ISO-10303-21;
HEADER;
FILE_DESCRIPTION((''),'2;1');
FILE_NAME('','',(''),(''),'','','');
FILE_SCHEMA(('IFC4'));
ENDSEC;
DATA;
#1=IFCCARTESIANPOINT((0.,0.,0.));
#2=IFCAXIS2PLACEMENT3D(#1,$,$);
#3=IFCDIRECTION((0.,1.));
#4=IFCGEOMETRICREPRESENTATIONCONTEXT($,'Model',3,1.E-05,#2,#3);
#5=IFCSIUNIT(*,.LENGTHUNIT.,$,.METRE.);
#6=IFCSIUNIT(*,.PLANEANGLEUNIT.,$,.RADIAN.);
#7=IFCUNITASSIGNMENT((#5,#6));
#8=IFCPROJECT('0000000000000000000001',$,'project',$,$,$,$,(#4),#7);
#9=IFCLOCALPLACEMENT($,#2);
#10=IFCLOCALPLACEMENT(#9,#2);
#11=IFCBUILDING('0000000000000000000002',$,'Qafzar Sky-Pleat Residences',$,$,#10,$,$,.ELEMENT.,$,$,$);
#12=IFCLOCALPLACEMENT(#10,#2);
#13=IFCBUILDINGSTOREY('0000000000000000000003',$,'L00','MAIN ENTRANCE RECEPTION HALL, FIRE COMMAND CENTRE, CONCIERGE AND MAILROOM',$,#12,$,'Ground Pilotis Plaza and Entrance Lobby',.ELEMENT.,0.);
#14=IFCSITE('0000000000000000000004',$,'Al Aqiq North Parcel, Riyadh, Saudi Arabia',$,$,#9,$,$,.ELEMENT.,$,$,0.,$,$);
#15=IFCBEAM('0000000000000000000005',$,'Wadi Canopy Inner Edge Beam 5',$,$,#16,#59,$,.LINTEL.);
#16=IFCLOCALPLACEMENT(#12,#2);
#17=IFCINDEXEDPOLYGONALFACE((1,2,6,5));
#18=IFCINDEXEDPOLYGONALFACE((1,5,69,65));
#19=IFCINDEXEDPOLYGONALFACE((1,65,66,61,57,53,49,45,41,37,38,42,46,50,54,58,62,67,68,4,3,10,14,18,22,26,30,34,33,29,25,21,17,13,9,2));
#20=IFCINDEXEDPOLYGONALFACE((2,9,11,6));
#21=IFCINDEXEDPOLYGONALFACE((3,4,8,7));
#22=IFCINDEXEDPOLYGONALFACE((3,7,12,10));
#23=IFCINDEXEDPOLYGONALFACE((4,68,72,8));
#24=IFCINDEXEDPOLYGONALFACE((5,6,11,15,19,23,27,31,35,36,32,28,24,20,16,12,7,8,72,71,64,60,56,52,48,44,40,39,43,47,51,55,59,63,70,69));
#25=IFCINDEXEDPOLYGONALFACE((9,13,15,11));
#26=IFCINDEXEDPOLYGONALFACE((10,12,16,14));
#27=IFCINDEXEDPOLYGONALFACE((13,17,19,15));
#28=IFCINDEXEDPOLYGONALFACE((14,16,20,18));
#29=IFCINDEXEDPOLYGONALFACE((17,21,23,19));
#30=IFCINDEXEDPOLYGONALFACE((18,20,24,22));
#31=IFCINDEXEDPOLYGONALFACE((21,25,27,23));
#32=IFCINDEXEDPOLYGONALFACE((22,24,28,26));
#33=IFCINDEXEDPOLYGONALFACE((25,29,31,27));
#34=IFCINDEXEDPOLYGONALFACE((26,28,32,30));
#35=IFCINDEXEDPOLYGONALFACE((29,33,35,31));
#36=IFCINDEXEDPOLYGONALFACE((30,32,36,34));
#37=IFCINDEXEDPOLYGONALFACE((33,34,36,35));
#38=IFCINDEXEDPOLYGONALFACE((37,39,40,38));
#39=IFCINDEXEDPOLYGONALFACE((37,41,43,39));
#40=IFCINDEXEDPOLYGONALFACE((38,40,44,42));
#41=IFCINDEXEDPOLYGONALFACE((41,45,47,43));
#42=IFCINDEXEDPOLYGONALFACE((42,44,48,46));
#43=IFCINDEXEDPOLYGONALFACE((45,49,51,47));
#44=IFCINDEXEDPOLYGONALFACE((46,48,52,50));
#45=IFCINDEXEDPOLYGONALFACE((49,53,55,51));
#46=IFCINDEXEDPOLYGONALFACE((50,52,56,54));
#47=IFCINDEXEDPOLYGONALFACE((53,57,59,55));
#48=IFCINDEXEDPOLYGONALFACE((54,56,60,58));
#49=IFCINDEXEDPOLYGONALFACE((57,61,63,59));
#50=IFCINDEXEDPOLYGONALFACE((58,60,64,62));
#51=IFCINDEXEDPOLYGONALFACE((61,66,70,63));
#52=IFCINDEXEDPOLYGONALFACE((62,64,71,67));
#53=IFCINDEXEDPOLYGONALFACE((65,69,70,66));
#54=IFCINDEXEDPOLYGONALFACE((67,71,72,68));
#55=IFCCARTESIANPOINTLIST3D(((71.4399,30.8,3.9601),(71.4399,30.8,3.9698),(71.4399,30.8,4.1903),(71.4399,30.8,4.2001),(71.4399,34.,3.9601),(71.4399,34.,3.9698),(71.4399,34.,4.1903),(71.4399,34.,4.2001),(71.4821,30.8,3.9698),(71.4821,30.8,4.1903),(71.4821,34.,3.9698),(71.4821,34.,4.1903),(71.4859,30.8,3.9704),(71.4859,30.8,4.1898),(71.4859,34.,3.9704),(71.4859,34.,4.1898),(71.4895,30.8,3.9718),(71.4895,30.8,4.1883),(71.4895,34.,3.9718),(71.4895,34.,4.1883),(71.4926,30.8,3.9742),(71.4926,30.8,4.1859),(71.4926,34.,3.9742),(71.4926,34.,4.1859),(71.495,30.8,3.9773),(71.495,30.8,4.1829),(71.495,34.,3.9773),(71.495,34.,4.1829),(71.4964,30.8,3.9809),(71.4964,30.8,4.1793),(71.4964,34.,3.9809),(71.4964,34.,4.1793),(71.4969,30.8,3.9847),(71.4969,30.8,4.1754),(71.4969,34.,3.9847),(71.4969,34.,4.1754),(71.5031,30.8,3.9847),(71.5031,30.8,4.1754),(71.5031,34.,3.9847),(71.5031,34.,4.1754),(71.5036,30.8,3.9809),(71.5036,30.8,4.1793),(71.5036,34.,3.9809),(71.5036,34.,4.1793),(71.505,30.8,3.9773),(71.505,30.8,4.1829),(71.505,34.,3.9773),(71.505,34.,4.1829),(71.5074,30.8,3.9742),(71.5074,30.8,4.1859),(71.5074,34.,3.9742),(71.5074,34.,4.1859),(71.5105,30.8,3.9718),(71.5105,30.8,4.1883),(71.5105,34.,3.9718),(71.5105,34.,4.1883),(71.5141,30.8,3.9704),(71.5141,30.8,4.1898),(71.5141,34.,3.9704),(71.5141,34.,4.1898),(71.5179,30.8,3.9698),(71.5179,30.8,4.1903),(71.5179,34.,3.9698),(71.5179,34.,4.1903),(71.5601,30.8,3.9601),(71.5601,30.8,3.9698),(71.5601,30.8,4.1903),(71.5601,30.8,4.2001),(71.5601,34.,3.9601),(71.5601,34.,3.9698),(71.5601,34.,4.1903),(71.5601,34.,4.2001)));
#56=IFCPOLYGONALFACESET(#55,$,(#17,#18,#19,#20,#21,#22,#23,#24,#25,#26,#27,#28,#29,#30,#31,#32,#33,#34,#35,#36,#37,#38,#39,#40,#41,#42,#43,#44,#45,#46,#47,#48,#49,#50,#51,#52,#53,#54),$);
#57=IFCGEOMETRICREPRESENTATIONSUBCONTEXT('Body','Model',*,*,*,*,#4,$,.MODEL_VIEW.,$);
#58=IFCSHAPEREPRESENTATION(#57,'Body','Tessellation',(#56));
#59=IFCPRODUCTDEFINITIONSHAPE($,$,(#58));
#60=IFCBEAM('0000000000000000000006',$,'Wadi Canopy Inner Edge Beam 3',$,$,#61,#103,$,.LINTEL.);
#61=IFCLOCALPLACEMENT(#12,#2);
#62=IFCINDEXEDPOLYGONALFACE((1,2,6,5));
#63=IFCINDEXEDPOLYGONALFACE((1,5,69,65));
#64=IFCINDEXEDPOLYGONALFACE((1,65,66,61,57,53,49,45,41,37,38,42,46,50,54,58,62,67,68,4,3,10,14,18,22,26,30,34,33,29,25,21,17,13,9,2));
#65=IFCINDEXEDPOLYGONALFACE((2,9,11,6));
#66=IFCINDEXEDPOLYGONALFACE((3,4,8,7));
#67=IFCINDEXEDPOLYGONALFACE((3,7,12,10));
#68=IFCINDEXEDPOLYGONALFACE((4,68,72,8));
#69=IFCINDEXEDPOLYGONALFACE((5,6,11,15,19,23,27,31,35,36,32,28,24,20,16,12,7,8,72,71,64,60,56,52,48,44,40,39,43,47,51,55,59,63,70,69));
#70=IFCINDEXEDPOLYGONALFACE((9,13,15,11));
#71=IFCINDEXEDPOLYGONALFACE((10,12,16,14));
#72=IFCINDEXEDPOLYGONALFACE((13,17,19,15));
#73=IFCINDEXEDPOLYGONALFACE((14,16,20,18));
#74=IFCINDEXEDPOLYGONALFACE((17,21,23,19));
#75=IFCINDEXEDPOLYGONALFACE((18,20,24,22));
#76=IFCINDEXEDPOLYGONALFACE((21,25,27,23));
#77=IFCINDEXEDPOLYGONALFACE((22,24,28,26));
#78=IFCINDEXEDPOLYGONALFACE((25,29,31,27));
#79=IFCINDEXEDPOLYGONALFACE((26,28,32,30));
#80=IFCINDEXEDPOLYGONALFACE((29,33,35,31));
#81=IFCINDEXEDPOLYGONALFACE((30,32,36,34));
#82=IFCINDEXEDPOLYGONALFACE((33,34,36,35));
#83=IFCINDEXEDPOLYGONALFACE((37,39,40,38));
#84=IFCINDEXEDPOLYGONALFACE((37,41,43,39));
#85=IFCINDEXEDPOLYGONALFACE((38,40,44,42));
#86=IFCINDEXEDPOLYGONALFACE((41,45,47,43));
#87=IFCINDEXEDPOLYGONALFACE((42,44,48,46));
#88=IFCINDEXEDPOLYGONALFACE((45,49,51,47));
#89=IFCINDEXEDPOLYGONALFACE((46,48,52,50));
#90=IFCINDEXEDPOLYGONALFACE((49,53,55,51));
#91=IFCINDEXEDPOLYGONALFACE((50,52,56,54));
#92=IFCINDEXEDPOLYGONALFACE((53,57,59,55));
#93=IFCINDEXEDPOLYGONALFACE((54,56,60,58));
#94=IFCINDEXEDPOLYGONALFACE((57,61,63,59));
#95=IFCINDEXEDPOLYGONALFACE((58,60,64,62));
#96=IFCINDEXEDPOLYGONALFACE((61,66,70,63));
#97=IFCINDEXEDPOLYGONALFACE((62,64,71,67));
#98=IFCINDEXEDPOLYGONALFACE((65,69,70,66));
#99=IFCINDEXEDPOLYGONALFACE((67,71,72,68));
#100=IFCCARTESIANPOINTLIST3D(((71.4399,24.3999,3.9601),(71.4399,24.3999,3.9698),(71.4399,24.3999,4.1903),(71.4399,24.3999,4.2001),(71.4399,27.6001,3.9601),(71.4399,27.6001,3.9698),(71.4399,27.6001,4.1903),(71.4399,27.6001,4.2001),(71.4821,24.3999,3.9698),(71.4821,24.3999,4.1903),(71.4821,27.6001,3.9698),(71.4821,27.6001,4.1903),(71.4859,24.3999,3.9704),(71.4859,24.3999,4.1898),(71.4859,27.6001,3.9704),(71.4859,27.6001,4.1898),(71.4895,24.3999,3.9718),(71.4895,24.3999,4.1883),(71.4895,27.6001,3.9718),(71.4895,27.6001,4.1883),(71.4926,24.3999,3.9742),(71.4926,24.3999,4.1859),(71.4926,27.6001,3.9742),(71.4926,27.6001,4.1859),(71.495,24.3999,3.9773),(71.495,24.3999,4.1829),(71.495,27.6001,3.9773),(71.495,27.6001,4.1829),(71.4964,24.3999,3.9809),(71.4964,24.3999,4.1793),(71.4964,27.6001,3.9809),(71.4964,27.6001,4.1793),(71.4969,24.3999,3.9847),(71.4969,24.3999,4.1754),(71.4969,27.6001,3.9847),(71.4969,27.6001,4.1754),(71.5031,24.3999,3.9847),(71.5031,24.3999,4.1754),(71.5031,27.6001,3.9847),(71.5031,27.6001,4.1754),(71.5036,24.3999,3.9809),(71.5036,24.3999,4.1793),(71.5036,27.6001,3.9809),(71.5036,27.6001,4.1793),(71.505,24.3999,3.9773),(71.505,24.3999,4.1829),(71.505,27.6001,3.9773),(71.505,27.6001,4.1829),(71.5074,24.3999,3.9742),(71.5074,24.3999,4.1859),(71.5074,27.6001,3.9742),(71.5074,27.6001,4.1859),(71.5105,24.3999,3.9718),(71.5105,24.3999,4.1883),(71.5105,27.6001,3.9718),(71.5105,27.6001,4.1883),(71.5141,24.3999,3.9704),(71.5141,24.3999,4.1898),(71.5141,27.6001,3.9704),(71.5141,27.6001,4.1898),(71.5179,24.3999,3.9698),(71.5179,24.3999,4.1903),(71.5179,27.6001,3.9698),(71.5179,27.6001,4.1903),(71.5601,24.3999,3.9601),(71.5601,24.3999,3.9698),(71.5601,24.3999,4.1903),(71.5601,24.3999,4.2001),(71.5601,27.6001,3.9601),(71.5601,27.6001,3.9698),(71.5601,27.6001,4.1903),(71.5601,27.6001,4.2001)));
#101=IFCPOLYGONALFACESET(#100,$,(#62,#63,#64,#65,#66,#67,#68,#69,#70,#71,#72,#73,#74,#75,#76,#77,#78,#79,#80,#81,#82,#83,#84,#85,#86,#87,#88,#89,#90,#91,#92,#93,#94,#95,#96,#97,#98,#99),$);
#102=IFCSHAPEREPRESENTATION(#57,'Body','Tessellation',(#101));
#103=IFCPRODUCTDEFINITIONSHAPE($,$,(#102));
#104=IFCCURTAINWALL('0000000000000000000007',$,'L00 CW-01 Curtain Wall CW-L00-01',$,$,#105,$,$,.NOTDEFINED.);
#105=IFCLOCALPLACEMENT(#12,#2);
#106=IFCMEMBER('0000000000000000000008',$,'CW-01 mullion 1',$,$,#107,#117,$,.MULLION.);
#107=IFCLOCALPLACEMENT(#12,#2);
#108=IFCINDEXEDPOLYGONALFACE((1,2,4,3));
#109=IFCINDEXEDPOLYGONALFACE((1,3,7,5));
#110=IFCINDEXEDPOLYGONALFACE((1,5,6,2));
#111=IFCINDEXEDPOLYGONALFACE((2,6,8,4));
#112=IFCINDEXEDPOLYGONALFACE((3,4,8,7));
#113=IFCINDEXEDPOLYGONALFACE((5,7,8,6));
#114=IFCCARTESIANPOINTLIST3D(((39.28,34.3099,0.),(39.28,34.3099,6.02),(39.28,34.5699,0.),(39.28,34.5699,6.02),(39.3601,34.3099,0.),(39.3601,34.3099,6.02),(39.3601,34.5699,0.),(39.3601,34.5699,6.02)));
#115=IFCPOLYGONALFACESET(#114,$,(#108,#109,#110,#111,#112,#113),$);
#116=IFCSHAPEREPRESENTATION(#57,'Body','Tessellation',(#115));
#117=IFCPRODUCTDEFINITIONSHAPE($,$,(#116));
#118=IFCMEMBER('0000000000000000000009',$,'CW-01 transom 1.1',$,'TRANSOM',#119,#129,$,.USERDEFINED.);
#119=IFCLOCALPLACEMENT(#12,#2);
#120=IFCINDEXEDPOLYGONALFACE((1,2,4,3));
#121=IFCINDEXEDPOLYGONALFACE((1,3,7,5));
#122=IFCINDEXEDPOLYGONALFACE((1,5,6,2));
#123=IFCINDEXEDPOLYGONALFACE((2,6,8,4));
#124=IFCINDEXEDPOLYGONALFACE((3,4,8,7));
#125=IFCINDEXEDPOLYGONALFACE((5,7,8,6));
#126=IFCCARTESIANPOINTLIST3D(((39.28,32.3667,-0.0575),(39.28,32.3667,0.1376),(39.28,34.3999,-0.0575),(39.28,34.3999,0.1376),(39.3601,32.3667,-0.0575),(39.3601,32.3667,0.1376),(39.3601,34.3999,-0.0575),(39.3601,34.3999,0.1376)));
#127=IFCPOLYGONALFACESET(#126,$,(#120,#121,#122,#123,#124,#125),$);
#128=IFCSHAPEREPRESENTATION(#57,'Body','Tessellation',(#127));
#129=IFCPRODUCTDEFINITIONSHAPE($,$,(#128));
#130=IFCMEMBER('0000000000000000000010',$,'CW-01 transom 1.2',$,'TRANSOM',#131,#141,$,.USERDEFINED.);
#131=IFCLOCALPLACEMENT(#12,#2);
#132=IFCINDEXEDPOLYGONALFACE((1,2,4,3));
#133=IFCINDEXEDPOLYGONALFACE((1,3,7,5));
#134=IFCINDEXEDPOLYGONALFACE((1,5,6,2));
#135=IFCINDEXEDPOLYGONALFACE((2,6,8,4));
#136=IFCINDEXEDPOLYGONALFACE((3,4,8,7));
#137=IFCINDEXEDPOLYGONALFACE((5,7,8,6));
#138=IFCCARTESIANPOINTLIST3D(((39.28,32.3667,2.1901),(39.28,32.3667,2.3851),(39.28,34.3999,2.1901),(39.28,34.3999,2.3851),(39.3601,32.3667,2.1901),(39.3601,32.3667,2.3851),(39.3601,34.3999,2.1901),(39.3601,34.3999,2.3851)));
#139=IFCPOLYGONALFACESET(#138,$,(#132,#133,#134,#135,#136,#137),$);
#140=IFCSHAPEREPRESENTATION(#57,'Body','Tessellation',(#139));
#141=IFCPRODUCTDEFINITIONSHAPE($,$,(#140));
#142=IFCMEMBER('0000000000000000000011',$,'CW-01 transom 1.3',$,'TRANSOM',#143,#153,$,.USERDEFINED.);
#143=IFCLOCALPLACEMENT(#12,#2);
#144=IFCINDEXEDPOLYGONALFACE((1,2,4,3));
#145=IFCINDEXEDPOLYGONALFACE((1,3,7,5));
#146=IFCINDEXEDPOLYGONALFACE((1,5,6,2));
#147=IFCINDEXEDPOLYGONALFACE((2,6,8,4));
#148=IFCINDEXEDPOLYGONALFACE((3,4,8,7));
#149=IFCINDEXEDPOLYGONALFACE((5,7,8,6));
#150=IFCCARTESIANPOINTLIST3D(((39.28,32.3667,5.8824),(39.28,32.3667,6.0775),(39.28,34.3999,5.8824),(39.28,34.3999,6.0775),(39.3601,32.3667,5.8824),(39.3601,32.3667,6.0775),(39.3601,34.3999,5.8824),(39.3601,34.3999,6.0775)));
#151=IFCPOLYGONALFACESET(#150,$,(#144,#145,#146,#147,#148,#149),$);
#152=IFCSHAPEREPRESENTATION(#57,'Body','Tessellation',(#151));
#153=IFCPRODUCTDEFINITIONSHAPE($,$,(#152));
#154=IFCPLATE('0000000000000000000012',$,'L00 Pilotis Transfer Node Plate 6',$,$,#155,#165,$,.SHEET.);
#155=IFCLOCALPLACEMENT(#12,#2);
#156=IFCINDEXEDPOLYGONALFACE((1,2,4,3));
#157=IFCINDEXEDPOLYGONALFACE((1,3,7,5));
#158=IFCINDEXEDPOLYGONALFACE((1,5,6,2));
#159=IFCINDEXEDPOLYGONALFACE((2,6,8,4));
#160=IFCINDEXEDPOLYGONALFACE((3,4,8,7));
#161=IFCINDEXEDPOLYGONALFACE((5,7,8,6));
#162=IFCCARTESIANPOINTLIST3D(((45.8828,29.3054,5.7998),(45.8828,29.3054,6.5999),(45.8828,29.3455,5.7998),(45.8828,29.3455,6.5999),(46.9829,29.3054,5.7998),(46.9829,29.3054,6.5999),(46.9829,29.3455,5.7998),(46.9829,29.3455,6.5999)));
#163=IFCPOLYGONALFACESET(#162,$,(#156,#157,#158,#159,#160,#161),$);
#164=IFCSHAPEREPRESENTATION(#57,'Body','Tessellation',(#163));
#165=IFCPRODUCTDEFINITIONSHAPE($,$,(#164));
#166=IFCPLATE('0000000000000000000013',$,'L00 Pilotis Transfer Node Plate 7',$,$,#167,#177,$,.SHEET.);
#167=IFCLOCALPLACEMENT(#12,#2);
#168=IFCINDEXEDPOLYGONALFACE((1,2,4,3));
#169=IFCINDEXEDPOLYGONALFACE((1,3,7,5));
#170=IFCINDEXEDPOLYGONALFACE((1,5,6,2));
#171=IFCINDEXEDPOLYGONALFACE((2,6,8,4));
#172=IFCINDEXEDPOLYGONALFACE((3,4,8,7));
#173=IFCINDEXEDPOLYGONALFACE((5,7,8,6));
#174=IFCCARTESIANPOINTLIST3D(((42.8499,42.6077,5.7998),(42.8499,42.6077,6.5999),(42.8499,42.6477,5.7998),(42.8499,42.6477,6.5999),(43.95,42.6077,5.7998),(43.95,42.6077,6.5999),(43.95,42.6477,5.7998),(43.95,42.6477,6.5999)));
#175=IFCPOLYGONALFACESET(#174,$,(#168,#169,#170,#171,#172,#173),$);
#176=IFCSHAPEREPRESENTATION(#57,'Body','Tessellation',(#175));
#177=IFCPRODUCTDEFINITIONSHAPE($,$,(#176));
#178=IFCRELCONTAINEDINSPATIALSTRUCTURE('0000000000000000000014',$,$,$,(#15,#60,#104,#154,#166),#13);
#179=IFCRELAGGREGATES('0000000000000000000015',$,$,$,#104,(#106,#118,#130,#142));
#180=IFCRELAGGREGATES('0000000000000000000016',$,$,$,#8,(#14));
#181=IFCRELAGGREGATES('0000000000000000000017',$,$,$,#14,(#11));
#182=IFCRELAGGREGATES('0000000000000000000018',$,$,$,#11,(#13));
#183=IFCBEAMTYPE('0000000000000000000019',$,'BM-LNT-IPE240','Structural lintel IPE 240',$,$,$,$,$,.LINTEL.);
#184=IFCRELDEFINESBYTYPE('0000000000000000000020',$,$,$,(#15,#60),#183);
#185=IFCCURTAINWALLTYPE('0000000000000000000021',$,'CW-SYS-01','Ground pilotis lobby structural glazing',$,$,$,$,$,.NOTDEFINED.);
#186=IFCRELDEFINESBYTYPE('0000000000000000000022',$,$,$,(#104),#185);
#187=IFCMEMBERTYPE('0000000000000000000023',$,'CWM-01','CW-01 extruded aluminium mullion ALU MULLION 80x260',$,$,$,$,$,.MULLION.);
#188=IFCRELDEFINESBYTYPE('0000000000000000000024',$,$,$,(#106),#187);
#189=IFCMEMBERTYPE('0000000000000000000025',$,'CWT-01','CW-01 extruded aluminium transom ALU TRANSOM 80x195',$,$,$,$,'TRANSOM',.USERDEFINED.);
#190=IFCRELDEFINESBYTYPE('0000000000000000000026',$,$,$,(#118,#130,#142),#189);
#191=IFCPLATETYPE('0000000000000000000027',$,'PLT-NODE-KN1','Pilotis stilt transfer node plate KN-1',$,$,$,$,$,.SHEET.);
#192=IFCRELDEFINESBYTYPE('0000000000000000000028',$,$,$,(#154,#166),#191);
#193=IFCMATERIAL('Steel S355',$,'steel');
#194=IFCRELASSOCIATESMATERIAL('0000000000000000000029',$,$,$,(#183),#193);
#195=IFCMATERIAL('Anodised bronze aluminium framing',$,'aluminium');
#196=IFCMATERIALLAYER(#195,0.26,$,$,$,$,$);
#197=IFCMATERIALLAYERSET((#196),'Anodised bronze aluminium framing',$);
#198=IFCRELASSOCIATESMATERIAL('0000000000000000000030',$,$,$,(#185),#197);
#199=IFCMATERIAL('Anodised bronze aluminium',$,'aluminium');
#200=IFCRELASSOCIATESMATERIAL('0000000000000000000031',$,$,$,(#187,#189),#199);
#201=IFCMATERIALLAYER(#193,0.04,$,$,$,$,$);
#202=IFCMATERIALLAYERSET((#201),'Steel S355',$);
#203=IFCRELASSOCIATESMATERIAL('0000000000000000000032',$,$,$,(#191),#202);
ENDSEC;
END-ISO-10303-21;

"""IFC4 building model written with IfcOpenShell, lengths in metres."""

from ifc_helpers import new_model, si_unit, direction, frame, origin, origin_2d, place, context, subcontext, project, spatial, rectangle, i_section, extrude, source, transform, mapped, material, layer, layer_set, material_profile, profile_set, type_object, element, aggregate, save


model = new_model("IFC4")

# Units and contexts
model_context = context("Model", 3, precision=1e-05, world=origin(), true_north=direction((0.0, 1.0)))
body_context = subcontext(model_context, "Body", "Model", "MODEL_VIEW")
ifc_project = project(units=[si_unit("LENGTHUNIT", "METRE"), si_unit("PLANEANGLEUNIT", "RADIAN")], contexts=[model_context])

# Site, building, storey
site_placement = place(None, origin())
site = spatial("IfcSite", under=ifc_project, at=site_placement, Name="Al Aqiq North Parcel, Riyadh, Saudi Arabia", CompositionType="ELEMENT", RefElevation=0.0)
building_placement = place(site_placement, origin())
building = spatial("IfcBuilding", under=site, at=building_placement, Name="Qafzar Sky-Pleat Residences", CompositionType="ELEMENT")
storey_placement = place(building_placement, origin())
storey = spatial("IfcBuildingStorey", under=building, at=storey_placement, Name="L00", Description="MAIN ENTRANCE RECEPTION HALL, FIRE COMMAND CENTRE, CONCIERGE AND MAILROOM", LongName="Ground Pilotis Plaza and Entrance Lobby", CompositionType="ELEMENT", Elevation=0.0)

# Shared definitions
ifc_material_1 = material(Name="Steel S355", Category="steel")

# Beams
ifc_material_profile_1 = material_profile(ifc_material_1, i_section(OverallWidth=0.1201, OverallDepth=0.24, WebThickness=0.0061, FlangeThickness=0.0098, FilletRadius=0.0149, at=origin_2d()), Name="IPE 240")
ifc_profile_set_1 = profile_set([ifc_material_profile_1], Name="Steel S355")
beam_type = type_object("IfcBeamType", Name="BM-LNT-IPE240", Description="Structural lintel IPE 240", PredefinedType="LINTEL", material=ifc_profile_set_1)
shared_shape_1 = source(origin(), body_context, "Body", "SweptSolid", [
    extrude(i_section(OverallWidth=0.1201, OverallDepth=0.24, WebThickness=0.0061, FlangeThickness=0.0098, FilletRadius=0.0149, at=origin_2d()), origin(), (0.0, 0.0, 1.0), 3.2),
])
for number, where, z_axis, x_axis, name in (
    (1, (71.5, 30.8, 4.0801), (0.0, 1.0, 0.0), (-1.0, 0.0, 0.0), "Wadi Canopy Inner Edge Beam 5"),
):
    element("IfcBeam", number, at=place(storey_placement, frame(where, z_axis=z_axis, x_axis=x_axis)), inside=storey, type_object=beam_type, Name=name, PredefinedType="LINTEL", context=body_context, shape_type="MappedRepresentation", body=[
        mapped(shared_shape_1, transform((0.0, 0.0, 0.0), x_axis=(1.0, 0.0, 0.0), y_axis=(0.0, 1.0, 0.0), z_axis=(0.0, 0.0, 1.0), scale=1.0)),
    ])
shared_shape_2 = source(origin(), body_context, "Body", "SweptSolid", [
    extrude(i_section(OverallWidth=0.1201, OverallDepth=0.24, WebThickness=0.0061, FlangeThickness=0.0098, FilletRadius=0.0149, at=origin_2d()), origin(), (0.0, 0.0, 1.0), 3.2002),
])
beam_placement = place(storey_placement, frame((71.5, 24.3999, 4.0801), z_axis=(0.0, 1.0, 0.0), x_axis=(-1.0, 0.0, 0.0)))
element("IfcBeam", 2, at=beam_placement, inside=storey, type_object=beam_type, Name="Wadi Canopy Inner Edge Beam 3", PredefinedType="LINTEL", context=body_context, shape_type="MappedRepresentation", body=[
    mapped(shared_shape_2, transform((0.0, 0.0, 0.0), x_axis=(1.0, 0.0, 0.0), y_axis=(0.0, 1.0, 0.0), z_axis=(0.0, 0.0, 1.0), scale=1.0)),
])

# Curtain wall, members
ifc_material_2 = material(Name="Anodised bronze aluminium framing", Category="aluminium")
ifc_layer_1 = layer(ifc_material_2, 0.26)
ifc_layer_set_1 = layer_set([ifc_layer_1], Name="Anodised bronze aluminium framing")
curtain_wall_type = type_object("IfcCurtainWallType", Name="CW-SYS-01", Description="Ground pilotis lobby structural glazing", PredefinedType="NOTDEFINED", material=ifc_layer_set_1)
curtain_wall_placement = place(storey_placement, origin())
curtain_wall = element("IfcCurtainWall", 3, at=curtain_wall_placement, inside=storey, type_object=curtain_wall_type, Name="L00 CW-01 Curtain Wall CW-L00-01", PredefinedType="NOTDEFINED")
ifc_material_3 = material(Name="Anodised bronze aluminium", Category="aluminium")
ifc_material_profile_2 = material_profile(ifc_material_3, rectangle(XDim=0.0801, YDim=0.26, at=origin_2d()), Name="ALU MULLION 80x260")
ifc_profile_set_2 = profile_set([ifc_material_profile_2], Name="Anodised bronze aluminium")
member_type_1 = type_object("IfcMemberType", Name="CWM-01", Description="CW-01 extruded aluminium mullion ALU MULLION 80x260", PredefinedType="MULLION", material=ifc_profile_set_2)
shared_shape_3 = source(origin(), body_context, "Body", "SweptSolid", [
    extrude(rectangle(XDim=0.0801, YDim=0.26, at=origin_2d()), origin(), (0.0, 0.0, 1.0), 6.02),
])
member_1_placement = place(storey_placement, frame((39.3201, 34.4399, 0.0), z_axis=(0.0, 0.0, 1.0), x_axis=(1.0, 0.0, 0.0)))
member_1 = element("IfcMember", 4, at=member_1_placement, type_object=member_type_1, Name="CW-01 mullion 1", PredefinedType="MULLION", context=body_context, shape_type="MappedRepresentation", body=[
    mapped(shared_shape_3, transform((0.0, 0.0, 0.0), x_axis=(1.0, 0.0, 0.0), y_axis=(0.0, 1.0, 0.0), z_axis=(0.0, 0.0, 1.0), scale=1.0)),
])
ifc_material_profile_3 = material_profile(ifc_material_3, rectangle(XDim=0.0801, YDim=0.1951, at=origin_2d()), Name="ALU TRANSOM 80x195")
ifc_profile_set_3 = profile_set([ifc_material_profile_3], Name="Anodised bronze aluminium")
member_type_2 = type_object("IfcMemberType", Name="CWT-01", Description="CW-01 extruded aluminium transom ALU TRANSOM 80x195", ElementType="TRANSOM", PredefinedType="USERDEFINED", material=ifc_profile_set_3)
shared_shape_4 = source(origin(), body_context, "Body", "SweptSolid", [
    extrude(rectangle(XDim=0.0801, YDim=0.1951, at=origin_2d()), origin(), (0.0, 0.0, 1.0), 2.0332),
])
member_2_placement = place(storey_placement, frame((39.3201, 34.3999, 0.04), z_axis=(0.0, -1.0, 0.0), x_axis=(1.0, 0.0, 0.0)))
member_2 = element("IfcMember", 5, at=member_2_placement, type_object=member_type_2, Name="CW-01 transom 1.1", ObjectType="TRANSOM", PredefinedType="USERDEFINED", context=body_context, shape_type="MappedRepresentation", body=[
    mapped(shared_shape_4, transform((0.0, 0.0, 0.0), x_axis=(1.0, 0.0, 0.0), y_axis=(0.0, 1.0, 0.0), z_axis=(0.0, 0.0, 1.0), scale=1.0)),
])
member_3_placement = place(storey_placement, frame((39.3201, 34.3999, 2.2876), z_axis=(0.0, -1.0, 0.0), x_axis=(1.0, 0.0, 0.0)))
member_3 = element("IfcMember", 6, at=member_3_placement, type_object=member_type_2, Name="CW-01 transom 1.2", ObjectType="TRANSOM", PredefinedType="USERDEFINED", context=body_context, shape_type="MappedRepresentation", body=[
    mapped(shared_shape_4, transform((0.0, 0.0, 0.0), x_axis=(1.0, 0.0, 0.0), y_axis=(0.0, 1.0, 0.0), z_axis=(0.0, 0.0, 1.0), scale=1.0)),
])
member_4_placement = place(storey_placement, frame((39.3201, 34.3999, 5.98), z_axis=(0.0, -1.0, 0.0), x_axis=(1.0, 0.0, 0.0)))
member_4 = element("IfcMember", 7, at=member_4_placement, type_object=member_type_2, Name="CW-01 transom 1.3", ObjectType="TRANSOM", PredefinedType="USERDEFINED", context=body_context, shape_type="MappedRepresentation", body=[
    mapped(shared_shape_4, transform((0.0, 0.0, 0.0), x_axis=(1.0, 0.0, 0.0), y_axis=(0.0, 1.0, 0.0), z_axis=(0.0, 0.0, 1.0), scale=1.0)),
])

# Plates
ifc_layer_2 = layer(ifc_material_1, 0.04)
ifc_layer_set_2 = layer_set([ifc_layer_2], Name="Steel S355")
plate_type_1 = type_object("IfcPlateType", Name="PLT-NODE-KN1", Description="Pilotis stilt transfer node plate KN-1", PredefinedType="SHEET", material=ifc_layer_set_2)
shared_shape_5 = source(origin(), body_context, "Body", "SweptSolid", [
    extrude(rectangle(XDim=1.1001, YDim=0.04, at=origin_2d()), origin(), (0.0, 0.0, 1.0), 0.8),
])
for number, where, z_axis, x_axis, name in (
    (8, (46.4329, 29.3254, 5.7998), (0.0, 0.0, 1.0), (1.0, 0.0, 0.0), "L00 Pilotis Transfer Node Plate 6"),
    (9, (43.3999, 42.6277, 5.7998), (0.0, 0.0, 1.0), (1.0, 0.0, 0.0), "L00 Pilotis Transfer Node Plate 7"),
):
    element("IfcPlate", number, at=place(storey_placement, frame(where, z_axis=z_axis, x_axis=x_axis)), inside=storey, type_object=plate_type_1, Name=name, PredefinedType="SHEET", context=body_context, shape_type="MappedRepresentation", body=[
        mapped(shared_shape_5, transform((0.0, 0.0, 0.0), x_axis=(1.0, 0.0, 0.0), y_axis=(0.0, 1.0, 0.0), z_axis=(0.0, 0.0, 1.0), scale=1.0)),
    ])

aggregate(curtain_wall, [member_1, member_2, member_3, member_4])

save(model, "model.ifc")
